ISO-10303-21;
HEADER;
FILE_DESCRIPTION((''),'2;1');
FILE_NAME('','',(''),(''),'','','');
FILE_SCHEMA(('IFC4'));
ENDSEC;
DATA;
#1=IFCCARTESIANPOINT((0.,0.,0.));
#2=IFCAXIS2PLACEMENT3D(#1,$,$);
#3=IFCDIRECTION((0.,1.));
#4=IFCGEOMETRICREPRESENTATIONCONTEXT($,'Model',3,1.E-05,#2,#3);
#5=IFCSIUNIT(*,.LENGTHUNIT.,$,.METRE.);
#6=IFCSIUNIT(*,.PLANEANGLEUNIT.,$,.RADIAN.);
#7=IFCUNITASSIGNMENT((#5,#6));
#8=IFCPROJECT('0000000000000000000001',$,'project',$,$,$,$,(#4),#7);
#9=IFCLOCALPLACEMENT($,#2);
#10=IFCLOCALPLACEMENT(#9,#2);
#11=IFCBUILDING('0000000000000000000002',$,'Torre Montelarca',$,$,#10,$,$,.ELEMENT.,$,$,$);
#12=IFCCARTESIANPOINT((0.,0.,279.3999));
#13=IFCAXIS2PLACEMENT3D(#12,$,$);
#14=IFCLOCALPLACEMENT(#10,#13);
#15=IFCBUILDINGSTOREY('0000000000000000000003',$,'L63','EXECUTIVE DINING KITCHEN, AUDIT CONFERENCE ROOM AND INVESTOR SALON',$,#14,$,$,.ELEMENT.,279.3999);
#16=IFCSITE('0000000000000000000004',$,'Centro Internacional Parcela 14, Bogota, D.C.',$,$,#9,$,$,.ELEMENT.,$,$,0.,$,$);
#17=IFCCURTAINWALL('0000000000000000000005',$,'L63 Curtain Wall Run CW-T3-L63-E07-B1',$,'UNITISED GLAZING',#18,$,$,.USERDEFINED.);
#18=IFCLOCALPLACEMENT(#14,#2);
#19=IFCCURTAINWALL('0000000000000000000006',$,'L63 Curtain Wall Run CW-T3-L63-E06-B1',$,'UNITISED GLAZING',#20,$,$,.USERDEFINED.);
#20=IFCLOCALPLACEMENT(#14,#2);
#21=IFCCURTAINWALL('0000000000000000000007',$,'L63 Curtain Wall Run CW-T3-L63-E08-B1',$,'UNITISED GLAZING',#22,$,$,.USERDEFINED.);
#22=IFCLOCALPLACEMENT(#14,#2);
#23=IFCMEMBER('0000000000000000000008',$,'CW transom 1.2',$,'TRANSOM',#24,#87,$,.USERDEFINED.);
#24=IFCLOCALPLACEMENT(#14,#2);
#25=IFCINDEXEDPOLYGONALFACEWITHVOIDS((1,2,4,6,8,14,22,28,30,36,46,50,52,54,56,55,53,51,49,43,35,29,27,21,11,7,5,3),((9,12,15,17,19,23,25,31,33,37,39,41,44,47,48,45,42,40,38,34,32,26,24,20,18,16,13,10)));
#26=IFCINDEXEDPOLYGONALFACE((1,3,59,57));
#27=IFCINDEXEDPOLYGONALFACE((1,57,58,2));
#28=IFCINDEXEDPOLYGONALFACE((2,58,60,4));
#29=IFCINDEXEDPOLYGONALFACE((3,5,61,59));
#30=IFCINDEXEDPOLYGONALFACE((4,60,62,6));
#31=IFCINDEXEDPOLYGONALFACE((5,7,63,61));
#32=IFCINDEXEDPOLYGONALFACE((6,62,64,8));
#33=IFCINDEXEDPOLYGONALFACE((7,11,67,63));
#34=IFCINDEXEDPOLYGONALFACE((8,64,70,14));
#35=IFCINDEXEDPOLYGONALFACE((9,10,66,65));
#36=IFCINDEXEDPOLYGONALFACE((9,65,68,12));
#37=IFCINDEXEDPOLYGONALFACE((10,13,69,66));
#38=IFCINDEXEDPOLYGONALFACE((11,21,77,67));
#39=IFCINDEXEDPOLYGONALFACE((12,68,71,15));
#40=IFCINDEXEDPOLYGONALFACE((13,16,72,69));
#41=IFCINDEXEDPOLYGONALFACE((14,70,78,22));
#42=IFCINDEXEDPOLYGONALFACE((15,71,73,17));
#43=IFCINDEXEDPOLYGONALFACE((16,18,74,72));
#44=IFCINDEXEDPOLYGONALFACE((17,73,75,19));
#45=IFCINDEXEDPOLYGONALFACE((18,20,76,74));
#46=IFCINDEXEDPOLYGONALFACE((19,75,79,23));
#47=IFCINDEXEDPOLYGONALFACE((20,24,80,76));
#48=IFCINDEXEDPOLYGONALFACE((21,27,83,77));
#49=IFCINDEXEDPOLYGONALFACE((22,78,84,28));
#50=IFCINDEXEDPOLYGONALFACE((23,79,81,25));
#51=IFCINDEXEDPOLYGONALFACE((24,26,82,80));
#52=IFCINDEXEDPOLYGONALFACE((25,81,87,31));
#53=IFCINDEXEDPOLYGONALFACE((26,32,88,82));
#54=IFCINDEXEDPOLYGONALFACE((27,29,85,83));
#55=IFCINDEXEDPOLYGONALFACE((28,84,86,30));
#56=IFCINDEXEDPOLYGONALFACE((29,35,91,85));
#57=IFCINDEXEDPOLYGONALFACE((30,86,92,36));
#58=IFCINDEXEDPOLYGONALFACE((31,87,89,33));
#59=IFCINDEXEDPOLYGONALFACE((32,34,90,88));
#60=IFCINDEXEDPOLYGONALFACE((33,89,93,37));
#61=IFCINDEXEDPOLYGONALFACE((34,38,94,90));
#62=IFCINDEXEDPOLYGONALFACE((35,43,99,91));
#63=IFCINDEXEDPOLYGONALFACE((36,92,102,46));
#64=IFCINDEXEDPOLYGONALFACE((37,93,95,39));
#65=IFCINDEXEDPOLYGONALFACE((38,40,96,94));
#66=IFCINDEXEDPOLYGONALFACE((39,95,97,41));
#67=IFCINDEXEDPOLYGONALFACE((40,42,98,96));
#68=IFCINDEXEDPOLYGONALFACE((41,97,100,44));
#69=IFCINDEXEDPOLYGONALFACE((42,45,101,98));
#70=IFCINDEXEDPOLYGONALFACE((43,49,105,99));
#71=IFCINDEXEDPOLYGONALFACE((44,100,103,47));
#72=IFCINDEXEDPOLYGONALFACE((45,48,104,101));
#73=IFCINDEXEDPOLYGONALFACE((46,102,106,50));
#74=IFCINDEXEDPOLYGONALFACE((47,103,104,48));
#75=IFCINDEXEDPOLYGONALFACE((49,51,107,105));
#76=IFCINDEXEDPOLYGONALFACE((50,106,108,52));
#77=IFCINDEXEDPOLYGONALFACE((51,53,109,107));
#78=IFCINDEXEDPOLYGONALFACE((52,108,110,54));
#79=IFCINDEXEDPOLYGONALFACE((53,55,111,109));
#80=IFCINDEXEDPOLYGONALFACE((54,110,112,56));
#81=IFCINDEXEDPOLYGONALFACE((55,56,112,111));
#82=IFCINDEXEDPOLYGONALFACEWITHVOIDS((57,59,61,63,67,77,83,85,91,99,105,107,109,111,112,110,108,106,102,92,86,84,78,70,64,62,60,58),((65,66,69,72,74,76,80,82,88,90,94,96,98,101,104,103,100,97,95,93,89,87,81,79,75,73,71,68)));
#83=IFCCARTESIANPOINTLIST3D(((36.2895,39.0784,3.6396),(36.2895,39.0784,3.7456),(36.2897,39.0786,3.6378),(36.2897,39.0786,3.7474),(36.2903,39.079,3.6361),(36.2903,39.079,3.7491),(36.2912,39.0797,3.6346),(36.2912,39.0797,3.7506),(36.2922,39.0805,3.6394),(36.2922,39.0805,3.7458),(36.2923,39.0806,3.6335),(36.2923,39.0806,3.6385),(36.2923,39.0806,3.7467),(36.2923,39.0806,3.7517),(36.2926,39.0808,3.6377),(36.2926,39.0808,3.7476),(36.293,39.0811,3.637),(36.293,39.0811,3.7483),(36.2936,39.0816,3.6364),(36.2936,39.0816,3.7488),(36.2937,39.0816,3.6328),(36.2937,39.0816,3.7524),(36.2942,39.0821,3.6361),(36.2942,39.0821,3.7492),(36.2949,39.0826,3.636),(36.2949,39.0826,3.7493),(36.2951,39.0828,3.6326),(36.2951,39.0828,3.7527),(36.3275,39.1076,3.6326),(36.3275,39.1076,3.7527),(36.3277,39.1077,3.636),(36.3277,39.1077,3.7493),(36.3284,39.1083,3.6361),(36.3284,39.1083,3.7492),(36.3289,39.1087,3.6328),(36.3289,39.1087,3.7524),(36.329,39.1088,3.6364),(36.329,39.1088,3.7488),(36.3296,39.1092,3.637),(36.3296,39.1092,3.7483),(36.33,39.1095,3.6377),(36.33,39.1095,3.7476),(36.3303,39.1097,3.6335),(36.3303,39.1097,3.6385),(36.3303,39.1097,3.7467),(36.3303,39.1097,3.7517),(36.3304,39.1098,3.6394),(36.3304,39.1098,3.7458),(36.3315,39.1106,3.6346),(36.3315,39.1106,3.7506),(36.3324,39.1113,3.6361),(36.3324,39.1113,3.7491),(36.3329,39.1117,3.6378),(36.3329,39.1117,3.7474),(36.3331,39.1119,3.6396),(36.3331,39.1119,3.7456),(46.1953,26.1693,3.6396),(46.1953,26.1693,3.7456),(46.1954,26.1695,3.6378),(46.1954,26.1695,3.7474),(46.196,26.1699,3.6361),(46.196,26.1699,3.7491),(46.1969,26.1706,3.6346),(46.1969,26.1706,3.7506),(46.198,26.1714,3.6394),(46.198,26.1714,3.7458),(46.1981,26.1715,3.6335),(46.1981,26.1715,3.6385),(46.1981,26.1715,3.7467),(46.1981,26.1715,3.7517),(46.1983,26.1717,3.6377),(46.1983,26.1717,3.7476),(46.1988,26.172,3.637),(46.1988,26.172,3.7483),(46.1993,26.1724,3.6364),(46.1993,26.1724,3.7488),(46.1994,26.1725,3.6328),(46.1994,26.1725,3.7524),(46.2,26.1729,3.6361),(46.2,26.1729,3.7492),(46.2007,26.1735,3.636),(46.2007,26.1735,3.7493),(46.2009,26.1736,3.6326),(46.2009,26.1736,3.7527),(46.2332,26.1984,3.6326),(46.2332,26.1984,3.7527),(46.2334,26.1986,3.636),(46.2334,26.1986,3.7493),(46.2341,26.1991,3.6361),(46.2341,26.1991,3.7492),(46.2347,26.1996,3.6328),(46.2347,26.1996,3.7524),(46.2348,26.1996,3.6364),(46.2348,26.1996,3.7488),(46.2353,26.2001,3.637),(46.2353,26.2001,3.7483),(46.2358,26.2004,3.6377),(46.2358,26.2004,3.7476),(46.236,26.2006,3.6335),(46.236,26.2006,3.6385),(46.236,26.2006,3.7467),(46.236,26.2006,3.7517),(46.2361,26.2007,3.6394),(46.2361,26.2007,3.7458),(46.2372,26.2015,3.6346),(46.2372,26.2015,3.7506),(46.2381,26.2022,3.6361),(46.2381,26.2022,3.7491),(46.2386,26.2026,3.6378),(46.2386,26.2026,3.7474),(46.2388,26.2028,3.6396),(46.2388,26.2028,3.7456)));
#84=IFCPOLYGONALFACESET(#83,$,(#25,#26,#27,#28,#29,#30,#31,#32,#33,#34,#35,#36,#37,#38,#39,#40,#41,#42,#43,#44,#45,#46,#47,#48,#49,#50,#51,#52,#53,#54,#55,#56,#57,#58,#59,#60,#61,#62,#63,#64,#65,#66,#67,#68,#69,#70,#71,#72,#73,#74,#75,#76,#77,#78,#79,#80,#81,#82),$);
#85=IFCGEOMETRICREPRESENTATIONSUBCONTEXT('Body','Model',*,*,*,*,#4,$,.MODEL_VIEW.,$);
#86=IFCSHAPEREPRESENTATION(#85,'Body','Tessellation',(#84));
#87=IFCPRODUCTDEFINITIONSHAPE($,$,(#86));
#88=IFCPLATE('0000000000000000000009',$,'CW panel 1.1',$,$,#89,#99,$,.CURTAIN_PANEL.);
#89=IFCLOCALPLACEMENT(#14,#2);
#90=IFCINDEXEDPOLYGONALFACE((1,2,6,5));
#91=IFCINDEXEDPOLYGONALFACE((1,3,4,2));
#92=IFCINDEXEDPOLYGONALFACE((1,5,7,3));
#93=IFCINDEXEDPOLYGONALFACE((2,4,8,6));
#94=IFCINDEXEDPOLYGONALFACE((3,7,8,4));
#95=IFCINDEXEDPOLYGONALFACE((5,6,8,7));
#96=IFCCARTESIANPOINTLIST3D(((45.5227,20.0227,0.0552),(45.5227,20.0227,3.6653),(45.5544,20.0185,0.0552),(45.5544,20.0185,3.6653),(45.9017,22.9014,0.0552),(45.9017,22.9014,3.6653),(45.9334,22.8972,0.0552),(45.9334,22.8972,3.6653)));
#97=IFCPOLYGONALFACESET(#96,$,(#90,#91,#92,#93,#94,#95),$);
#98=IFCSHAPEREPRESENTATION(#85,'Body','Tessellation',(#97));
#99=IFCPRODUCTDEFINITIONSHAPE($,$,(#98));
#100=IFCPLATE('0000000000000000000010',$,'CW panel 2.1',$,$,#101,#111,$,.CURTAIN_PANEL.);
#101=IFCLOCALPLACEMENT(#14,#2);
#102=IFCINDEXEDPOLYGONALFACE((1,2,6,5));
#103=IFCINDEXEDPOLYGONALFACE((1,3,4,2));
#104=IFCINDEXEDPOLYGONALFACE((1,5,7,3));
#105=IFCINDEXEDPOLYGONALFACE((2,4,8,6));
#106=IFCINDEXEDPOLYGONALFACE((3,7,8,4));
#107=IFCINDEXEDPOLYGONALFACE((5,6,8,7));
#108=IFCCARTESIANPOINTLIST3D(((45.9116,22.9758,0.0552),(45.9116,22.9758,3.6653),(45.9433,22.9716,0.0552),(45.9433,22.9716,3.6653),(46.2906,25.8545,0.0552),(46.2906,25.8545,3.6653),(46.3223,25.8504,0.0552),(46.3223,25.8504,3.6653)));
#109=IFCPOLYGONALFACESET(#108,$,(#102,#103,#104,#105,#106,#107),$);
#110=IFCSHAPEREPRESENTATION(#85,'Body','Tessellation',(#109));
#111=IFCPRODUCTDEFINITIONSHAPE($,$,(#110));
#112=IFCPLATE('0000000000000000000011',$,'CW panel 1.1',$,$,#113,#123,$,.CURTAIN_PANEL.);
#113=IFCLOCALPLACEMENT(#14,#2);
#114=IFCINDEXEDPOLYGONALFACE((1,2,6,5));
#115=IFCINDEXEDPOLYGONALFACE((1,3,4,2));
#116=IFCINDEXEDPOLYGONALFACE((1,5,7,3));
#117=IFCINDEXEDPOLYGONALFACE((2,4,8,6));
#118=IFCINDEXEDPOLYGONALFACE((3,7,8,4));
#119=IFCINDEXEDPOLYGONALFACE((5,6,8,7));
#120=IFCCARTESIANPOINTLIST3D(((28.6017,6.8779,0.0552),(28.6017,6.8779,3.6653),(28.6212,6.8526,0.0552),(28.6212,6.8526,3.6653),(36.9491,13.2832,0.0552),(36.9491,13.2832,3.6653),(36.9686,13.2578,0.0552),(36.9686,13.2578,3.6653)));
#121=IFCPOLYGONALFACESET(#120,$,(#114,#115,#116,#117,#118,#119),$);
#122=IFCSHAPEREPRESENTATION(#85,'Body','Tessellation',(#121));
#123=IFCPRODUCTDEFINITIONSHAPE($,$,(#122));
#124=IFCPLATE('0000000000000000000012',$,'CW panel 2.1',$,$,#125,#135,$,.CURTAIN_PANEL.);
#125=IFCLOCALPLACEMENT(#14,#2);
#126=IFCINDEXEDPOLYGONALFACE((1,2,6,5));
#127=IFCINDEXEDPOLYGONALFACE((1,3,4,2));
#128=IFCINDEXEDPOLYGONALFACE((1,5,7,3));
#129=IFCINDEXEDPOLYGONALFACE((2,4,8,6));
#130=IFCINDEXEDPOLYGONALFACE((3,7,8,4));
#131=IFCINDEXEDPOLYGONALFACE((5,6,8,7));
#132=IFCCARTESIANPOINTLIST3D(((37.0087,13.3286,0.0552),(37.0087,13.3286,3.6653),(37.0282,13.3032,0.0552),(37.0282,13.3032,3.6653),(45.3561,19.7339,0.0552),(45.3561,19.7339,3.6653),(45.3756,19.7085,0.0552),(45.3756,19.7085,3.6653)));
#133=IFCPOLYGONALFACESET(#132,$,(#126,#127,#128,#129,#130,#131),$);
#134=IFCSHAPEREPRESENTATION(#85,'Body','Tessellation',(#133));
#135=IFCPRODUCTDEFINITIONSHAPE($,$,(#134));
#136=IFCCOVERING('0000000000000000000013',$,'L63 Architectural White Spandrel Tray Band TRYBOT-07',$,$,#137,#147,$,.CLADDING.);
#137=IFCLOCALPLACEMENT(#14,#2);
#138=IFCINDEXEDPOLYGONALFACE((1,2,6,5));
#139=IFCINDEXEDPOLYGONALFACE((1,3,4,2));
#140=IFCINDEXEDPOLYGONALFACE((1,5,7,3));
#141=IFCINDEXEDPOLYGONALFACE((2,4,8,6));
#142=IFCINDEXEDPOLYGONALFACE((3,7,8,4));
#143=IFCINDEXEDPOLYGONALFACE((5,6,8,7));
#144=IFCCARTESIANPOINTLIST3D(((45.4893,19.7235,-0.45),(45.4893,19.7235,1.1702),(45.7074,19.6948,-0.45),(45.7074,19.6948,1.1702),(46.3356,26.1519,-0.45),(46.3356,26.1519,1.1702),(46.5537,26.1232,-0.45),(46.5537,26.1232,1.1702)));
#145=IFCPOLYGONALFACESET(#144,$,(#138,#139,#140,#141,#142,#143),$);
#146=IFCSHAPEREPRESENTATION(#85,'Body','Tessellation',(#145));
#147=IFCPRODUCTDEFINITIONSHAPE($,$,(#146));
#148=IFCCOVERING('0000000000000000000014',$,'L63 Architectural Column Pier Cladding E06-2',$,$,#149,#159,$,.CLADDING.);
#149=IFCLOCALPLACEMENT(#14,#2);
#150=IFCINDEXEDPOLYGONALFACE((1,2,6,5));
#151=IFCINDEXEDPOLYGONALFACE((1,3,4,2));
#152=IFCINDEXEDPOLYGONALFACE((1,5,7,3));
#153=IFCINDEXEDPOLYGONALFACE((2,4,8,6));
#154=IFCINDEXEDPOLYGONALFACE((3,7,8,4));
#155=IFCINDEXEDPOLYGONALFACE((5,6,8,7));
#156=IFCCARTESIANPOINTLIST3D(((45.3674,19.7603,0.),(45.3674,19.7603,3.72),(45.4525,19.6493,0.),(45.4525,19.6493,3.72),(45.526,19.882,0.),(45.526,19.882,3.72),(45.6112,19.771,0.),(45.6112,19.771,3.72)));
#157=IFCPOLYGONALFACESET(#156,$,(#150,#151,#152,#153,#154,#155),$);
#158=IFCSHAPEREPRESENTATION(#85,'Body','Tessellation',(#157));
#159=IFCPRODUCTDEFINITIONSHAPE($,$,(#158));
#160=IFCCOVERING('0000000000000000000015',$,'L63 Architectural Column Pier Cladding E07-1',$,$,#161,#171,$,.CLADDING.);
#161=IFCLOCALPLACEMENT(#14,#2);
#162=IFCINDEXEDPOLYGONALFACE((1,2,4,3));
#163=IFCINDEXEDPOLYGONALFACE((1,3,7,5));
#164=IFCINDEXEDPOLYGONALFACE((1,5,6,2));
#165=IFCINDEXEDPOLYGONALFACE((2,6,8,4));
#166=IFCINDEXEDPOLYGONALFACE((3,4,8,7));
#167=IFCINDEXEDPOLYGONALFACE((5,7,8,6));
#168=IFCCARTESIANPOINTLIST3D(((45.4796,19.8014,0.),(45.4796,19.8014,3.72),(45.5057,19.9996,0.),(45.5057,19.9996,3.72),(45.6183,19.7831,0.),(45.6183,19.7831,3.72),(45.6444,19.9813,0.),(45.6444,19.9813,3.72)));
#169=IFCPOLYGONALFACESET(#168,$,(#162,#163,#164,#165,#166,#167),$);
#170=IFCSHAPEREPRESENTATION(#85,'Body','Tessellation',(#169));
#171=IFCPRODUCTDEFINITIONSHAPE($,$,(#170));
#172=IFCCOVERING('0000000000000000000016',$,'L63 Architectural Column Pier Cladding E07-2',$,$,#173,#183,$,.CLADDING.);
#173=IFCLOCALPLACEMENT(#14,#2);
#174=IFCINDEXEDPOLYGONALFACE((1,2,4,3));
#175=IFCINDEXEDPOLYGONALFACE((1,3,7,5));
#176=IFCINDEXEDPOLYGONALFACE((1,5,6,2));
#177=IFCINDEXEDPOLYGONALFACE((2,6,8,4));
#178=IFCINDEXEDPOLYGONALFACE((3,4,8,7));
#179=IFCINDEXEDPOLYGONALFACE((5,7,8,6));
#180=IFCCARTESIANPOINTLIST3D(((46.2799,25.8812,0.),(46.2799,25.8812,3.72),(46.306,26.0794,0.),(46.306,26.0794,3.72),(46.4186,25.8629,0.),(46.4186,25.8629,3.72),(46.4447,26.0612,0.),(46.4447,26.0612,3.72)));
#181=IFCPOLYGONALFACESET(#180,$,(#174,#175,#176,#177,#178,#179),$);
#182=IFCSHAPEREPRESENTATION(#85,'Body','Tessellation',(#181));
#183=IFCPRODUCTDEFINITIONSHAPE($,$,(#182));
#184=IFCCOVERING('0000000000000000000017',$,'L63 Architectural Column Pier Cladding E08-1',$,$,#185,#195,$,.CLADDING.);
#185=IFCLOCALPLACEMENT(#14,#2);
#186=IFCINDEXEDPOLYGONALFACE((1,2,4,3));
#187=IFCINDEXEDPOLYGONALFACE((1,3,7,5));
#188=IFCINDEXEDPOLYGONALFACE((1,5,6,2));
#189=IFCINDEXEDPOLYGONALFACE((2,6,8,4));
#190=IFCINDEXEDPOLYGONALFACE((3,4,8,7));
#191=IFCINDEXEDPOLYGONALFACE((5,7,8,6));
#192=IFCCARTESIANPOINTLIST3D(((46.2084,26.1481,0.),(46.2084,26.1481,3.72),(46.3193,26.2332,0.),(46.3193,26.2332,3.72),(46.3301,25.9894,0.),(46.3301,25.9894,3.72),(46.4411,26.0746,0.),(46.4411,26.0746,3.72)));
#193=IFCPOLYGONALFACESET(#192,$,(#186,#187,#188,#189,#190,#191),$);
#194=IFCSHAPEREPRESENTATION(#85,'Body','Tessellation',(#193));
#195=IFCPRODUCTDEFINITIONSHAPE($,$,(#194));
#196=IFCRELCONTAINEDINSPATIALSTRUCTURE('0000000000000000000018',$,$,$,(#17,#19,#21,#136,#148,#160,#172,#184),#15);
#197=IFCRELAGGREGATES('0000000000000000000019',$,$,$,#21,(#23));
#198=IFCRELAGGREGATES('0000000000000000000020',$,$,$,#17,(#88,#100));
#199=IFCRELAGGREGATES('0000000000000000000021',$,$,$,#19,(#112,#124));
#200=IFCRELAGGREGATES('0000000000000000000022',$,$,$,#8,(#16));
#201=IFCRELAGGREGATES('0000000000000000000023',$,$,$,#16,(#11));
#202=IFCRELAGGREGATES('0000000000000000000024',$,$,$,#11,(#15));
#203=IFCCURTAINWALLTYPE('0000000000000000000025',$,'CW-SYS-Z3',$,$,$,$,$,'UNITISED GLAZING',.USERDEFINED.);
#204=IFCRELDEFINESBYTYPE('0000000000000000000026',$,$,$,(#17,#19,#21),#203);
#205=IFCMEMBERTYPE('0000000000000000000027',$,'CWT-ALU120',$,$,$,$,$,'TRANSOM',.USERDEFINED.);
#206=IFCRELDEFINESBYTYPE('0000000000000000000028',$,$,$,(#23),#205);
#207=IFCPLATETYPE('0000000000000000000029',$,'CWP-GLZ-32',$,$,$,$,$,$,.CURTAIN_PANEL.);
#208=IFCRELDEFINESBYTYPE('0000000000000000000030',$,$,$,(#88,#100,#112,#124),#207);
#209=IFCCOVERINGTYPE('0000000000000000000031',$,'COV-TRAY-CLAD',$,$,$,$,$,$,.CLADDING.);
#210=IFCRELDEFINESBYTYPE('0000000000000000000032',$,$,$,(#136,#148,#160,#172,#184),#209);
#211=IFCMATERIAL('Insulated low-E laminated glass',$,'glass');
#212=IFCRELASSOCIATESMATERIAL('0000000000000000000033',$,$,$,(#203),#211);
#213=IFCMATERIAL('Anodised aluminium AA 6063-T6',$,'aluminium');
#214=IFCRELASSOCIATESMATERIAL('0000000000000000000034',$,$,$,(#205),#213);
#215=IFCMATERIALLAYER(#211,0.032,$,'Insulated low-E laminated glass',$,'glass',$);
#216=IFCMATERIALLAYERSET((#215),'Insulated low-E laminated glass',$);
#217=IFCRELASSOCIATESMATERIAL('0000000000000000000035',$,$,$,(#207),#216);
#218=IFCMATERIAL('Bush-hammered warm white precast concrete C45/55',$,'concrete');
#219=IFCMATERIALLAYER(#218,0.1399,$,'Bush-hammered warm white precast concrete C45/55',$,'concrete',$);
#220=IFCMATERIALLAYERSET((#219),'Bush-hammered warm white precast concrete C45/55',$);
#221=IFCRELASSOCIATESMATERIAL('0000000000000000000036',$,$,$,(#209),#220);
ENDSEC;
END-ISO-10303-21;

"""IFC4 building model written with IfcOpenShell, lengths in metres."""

from ifc_helpers import new_model, si_unit, direction, frame, origin, origin_2d, place, context, subcontext, project, spatial, rectangle, hollow_rectangle, extrude, source, transform, mapped, material, layer, layer_set, material_profile, profile_set, type_object, element, aggregate, save


model = new_model("IFC4")

# Units and contexts
model_context = context("Model", 3, precision=1e-05, world=origin(), true_north=direction((0.0, 1.0)))
body_context = subcontext(model_context, "Body", "Model", "MODEL_VIEW")
ifc_project = project(units=[si_unit("LENGTHUNIT", "METRE"), si_unit("PLANEANGLEUNIT", "RADIAN")], contexts=[model_context])

# Site, building, storey
site_placement = place(None, origin())
site = spatial("IfcSite", under=ifc_project, at=site_placement, Name="Centro Internacional Parcela 14, Bogota, D.C.", CompositionType="ELEMENT", RefElevation=0.0)
building_placement = place(site_placement, origin())
building = spatial("IfcBuilding", under=site, at=building_placement, Name="Torre Montelarca", CompositionType="ELEMENT")
storey_placement = place(building_placement, frame((0.0, 0.0, 279.3999)))
storey = spatial("IfcBuildingStorey", under=building, at=storey_placement, Name="L63", Description="EXECUTIVE DINING KITCHEN, AUDIT CONFERENCE ROOM AND INVESTOR SALON", CompositionType="ELEMENT", Elevation=279.3999)

# Curtain walls
ifc_material_1 = material(Name="Insulated low-E laminated glass", Category="glass")
curtain_wall_type = type_object("IfcCurtainWallType", Name="CW-SYS-Z3", ElementType="UNITISED GLAZING", PredefinedType="USERDEFINED", material=ifc_material_1)
curtain_wall_1_placement = place(storey_placement, origin())
curtain_wall_1 = element("IfcCurtainWall", 1, at=curtain_wall_1_placement, inside=storey, type_object=curtain_wall_type, Name="L63 Curtain Wall Run CW-T3-L63-E07-B1", ObjectType="UNITISED GLAZING", PredefinedType="USERDEFINED")
ifc_material_2 = material(Name="Anodised aluminium AA 6063-T6", Category="aluminium")
ifc_material_profile_1 = material_profile(ifc_material_2, hollow_rectangle(XDim=0.0549, YDim=0.1201, WallThickness=0.0034, InnerFilletRadius=0.0034, OuterFilletRadius=0.0071, at=origin_2d()), Name="ALU55X120X3.5", Category="aluminium")
ifc_profile_set_1 = profile_set([ifc_material_profile_1], Name="Anodised aluminium AA 6063-T6")
member_type_1 = type_object("IfcMemberType", Name="CWT-ALU120", ElementType="TRANSOM", PredefinedType="USERDEFINED", material=ifc_profile_set_1)
curtain_wall_2_placement = place(storey_placement, origin())
curtain_wall_2 = element("IfcCurtainWall", 2, at=curtain_wall_2_placement, inside=storey, type_object=curtain_wall_type, Name="L63 Curtain Wall Run CW-T3-L63-E06-B1", ObjectType="UNITISED GLAZING", PredefinedType="USERDEFINED")

# Curtain wall
curtain_wall_3_placement = place(storey_placement, origin())
curtain_wall_3 = element("IfcCurtainWall", 3, at=curtain_wall_3_placement, inside=storey, type_object=curtain_wall_type, Name="L63 Curtain Wall Run CW-T3-L63-E08-B1", ObjectType="UNITISED GLAZING", PredefinedType="USERDEFINED")

# Member
shared_shape_1 = source(origin(), body_context, "Body", "SweptSolid", [
    extrude(hollow_rectangle(XDim=0.0549, YDim=0.1201, WallThickness=0.0034, InnerFilletRadius=0.0034, OuterFilletRadius=0.0071, at=origin_2d()), origin(), (0.0, 0.0, 1.0), 16.2717),
])
member_1_placement = place(storey_placement, frame((46.217, 26.186, 3.6926), z_axis=(-0.608769, 0.793347, 0.0), x_axis=(-0.793347, -0.608769, 0.0)))
member_1 = element("IfcMember", 4, at=member_1_placement, type_object=member_type_1, Name="CW transom 1.2", ObjectType="TRANSOM", PredefinedType="USERDEFINED", context=body_context, shape_type="MappedRepresentation", body=[
    mapped(shared_shape_1, transform((0.0, 0.0, 0.0), scale=1.0)),
])
aggregate(curtain_wall_3, [member_1])

# Plates
ifc_layer_1 = layer(ifc_material_1, 0.032, Name="Insulated low-E laminated glass", Category="glass")
ifc_layer_set_1 = layer_set([ifc_layer_1], Name="Insulated low-E laminated glass")
plate_type = type_object("IfcPlateType", Name="CWP-GLZ-32", PredefinedType="CURTAIN_PANEL", material=ifc_layer_set_1)
shared_shape_2 = source(origin(), body_context, "Body", "SweptSolid", [
    extrude(rectangle(XDim=2.9036, YDim=0.032, at=origin_2d()), origin(), (0.0, 0.0, 1.0), 3.6101),
])
plate_1_placement = place(storey_placement, frame((45.728, 21.46, 0.0552), z_axis=(0.0, 0.0, 1.0), x_axis=(0.130514, 0.991446, 0.0)))
plate_1 = element("IfcPlate", 5, at=plate_1_placement, type_object=plate_type, Name="CW panel 1.1", PredefinedType="CURTAIN_PANEL", context=body_context, shape_type="MappedRepresentation", body=[
    mapped(shared_shape_2, transform((0.0, 0.0, 0.0), scale=1.0)),
])
plate_2_placement = place(storey_placement, frame((46.1169, 24.4131, 0.0552), z_axis=(0.0, 0.0, 1.0), x_axis=(0.130514, 0.991446, 0.0)))
plate_2 = element("IfcPlate", 6, at=plate_2_placement, type_object=plate_type, Name="CW panel 2.1", PredefinedType="CURTAIN_PANEL", context=body_context, shape_type="MappedRepresentation", body=[
    mapped(shared_shape_2, transform((0.0, 0.0, 0.0), scale=1.0)),
])
aggregate(curtain_wall_1, [plate_1, plate_2])
shared_shape_3 = source(origin(), body_context, "Body", "SweptSolid", [
    extrude(rectangle(XDim=10.5217, YDim=0.032, at=origin_2d()), origin(), (0.0, 0.0, 1.0), 3.6101),
])
plate_3_placement = place(storey_placement, frame((32.7852, 10.0679, 0.0552), z_axis=(0.0, 0.0, 1.0), x_axis=(0.793352, 0.608763, 0.0)))
plate_3 = element("IfcPlate", 7, at=plate_3_placement, type_object=plate_type, Name="CW panel 1.1", PredefinedType="CURTAIN_PANEL", context=body_context, shape_type="MappedRepresentation", body=[
    mapped(shared_shape_3, transform((0.0, 0.0, 0.0), scale=1.0)),
])
plate_4_placement = place(storey_placement, frame((41.1921, 16.5186, 0.0552), z_axis=(0.0, 0.0, 1.0), x_axis=(0.793352, 0.608763, 0.0)))
plate_4 = element("IfcPlate", 8, at=plate_4_placement, type_object=plate_type, Name="CW panel 2.1", PredefinedType="CURTAIN_PANEL", context=body_context, shape_type="MappedRepresentation", body=[
    mapped(shared_shape_3, transform((0.0, 0.0, 0.0), scale=1.0)),
])
aggregate(curtain_wall_2, [plate_3, plate_4])

# Coverings
ifc_material_3 = material(Name="Bush-hammered warm white precast concrete C45/55", Category="concrete")
ifc_layer_2 = layer(ifc_material_3, 0.1399, Name="Bush-hammered warm white precast concrete C45/55", Category="concrete")
ifc_layer_set_2 = layer_set([ifc_layer_2], Name="Bush-hammered warm white precast concrete C45/55")
covering_type = type_object("IfcCoveringType", Name="COV-TRAY-CLAD", PredefinedType="CLADDING", material=ifc_layer_set_2)
shared_shape_4 = source(origin(), body_context, "Body", "SweptSolid", [
    extrude(rectangle(XDim=6.4839, YDim=0.22, at=origin_2d()), origin(), (0.0, 0.0, 1.0), 1.6201),
])
covering_1_placement = place(storey_placement, frame((46.0215, 22.9233, -0.45), z_axis=(0.0, 0.0, 1.0), x_axis=(0.130531, 0.991444, 0.0)))
element("IfcCovering", 9, at=covering_1_placement, inside=storey, type_object=covering_type, Name="L63 Architectural White Spandrel Tray Band TRYBOT-07", PredefinedType="CLADDING", context=body_context, shape_type="MappedRepresentation", body=[
    mapped(shared_shape_4, transform((0.0, 0.0, 0.0), scale=1.0)),
])
shared_shape_5 = source(origin(), body_context, "Body", "SweptSolid", [
    extrude(rectangle(XDim=0.2, YDim=0.1399, at=origin_2d()), origin(), (0.0, 0.0, 1.0), 3.72),
])
for number, where, z_axis, x_axis, name in (
    (10, (45.4893, 19.7656, 0.0), (0.0, 0.0, 1.0), (0.79335, 0.608766, 0.0), "L63 Architectural Column Pier Cladding E06-2"),
    (11, (45.562, 19.8914, 0.0), (0.0, 0.0, 1.0), (0.130531, 0.991444, 0.0), "L63 Architectural Column Pier Cladding E07-1"),
    (12, (46.3623, 25.9712, 0.0), (0.0, 0.0, 1.0), (0.130531, 0.991444, 0.0), "L63 Architectural Column Pier Cladding E07-2"),
    (13, (46.3247, 26.1113, 0.0), (0.0, 0.0, 1.0), (-0.608763, 0.793352, 0.0), "L63 Architectural Column Pier Cladding E08-1"),
):
    element("IfcCovering", number, at=place(storey_placement, frame(where, z_axis=z_axis, x_axis=x_axis)), inside=storey, type_object=covering_type, Name=name, PredefinedType="CLADDING", context=body_context, shape_type="MappedRepresentation", body=[
        mapped(shared_shape_5, transform((0.0, 0.0, 0.0), scale=1.0)),
    ])

save(model, "model.ifc")
